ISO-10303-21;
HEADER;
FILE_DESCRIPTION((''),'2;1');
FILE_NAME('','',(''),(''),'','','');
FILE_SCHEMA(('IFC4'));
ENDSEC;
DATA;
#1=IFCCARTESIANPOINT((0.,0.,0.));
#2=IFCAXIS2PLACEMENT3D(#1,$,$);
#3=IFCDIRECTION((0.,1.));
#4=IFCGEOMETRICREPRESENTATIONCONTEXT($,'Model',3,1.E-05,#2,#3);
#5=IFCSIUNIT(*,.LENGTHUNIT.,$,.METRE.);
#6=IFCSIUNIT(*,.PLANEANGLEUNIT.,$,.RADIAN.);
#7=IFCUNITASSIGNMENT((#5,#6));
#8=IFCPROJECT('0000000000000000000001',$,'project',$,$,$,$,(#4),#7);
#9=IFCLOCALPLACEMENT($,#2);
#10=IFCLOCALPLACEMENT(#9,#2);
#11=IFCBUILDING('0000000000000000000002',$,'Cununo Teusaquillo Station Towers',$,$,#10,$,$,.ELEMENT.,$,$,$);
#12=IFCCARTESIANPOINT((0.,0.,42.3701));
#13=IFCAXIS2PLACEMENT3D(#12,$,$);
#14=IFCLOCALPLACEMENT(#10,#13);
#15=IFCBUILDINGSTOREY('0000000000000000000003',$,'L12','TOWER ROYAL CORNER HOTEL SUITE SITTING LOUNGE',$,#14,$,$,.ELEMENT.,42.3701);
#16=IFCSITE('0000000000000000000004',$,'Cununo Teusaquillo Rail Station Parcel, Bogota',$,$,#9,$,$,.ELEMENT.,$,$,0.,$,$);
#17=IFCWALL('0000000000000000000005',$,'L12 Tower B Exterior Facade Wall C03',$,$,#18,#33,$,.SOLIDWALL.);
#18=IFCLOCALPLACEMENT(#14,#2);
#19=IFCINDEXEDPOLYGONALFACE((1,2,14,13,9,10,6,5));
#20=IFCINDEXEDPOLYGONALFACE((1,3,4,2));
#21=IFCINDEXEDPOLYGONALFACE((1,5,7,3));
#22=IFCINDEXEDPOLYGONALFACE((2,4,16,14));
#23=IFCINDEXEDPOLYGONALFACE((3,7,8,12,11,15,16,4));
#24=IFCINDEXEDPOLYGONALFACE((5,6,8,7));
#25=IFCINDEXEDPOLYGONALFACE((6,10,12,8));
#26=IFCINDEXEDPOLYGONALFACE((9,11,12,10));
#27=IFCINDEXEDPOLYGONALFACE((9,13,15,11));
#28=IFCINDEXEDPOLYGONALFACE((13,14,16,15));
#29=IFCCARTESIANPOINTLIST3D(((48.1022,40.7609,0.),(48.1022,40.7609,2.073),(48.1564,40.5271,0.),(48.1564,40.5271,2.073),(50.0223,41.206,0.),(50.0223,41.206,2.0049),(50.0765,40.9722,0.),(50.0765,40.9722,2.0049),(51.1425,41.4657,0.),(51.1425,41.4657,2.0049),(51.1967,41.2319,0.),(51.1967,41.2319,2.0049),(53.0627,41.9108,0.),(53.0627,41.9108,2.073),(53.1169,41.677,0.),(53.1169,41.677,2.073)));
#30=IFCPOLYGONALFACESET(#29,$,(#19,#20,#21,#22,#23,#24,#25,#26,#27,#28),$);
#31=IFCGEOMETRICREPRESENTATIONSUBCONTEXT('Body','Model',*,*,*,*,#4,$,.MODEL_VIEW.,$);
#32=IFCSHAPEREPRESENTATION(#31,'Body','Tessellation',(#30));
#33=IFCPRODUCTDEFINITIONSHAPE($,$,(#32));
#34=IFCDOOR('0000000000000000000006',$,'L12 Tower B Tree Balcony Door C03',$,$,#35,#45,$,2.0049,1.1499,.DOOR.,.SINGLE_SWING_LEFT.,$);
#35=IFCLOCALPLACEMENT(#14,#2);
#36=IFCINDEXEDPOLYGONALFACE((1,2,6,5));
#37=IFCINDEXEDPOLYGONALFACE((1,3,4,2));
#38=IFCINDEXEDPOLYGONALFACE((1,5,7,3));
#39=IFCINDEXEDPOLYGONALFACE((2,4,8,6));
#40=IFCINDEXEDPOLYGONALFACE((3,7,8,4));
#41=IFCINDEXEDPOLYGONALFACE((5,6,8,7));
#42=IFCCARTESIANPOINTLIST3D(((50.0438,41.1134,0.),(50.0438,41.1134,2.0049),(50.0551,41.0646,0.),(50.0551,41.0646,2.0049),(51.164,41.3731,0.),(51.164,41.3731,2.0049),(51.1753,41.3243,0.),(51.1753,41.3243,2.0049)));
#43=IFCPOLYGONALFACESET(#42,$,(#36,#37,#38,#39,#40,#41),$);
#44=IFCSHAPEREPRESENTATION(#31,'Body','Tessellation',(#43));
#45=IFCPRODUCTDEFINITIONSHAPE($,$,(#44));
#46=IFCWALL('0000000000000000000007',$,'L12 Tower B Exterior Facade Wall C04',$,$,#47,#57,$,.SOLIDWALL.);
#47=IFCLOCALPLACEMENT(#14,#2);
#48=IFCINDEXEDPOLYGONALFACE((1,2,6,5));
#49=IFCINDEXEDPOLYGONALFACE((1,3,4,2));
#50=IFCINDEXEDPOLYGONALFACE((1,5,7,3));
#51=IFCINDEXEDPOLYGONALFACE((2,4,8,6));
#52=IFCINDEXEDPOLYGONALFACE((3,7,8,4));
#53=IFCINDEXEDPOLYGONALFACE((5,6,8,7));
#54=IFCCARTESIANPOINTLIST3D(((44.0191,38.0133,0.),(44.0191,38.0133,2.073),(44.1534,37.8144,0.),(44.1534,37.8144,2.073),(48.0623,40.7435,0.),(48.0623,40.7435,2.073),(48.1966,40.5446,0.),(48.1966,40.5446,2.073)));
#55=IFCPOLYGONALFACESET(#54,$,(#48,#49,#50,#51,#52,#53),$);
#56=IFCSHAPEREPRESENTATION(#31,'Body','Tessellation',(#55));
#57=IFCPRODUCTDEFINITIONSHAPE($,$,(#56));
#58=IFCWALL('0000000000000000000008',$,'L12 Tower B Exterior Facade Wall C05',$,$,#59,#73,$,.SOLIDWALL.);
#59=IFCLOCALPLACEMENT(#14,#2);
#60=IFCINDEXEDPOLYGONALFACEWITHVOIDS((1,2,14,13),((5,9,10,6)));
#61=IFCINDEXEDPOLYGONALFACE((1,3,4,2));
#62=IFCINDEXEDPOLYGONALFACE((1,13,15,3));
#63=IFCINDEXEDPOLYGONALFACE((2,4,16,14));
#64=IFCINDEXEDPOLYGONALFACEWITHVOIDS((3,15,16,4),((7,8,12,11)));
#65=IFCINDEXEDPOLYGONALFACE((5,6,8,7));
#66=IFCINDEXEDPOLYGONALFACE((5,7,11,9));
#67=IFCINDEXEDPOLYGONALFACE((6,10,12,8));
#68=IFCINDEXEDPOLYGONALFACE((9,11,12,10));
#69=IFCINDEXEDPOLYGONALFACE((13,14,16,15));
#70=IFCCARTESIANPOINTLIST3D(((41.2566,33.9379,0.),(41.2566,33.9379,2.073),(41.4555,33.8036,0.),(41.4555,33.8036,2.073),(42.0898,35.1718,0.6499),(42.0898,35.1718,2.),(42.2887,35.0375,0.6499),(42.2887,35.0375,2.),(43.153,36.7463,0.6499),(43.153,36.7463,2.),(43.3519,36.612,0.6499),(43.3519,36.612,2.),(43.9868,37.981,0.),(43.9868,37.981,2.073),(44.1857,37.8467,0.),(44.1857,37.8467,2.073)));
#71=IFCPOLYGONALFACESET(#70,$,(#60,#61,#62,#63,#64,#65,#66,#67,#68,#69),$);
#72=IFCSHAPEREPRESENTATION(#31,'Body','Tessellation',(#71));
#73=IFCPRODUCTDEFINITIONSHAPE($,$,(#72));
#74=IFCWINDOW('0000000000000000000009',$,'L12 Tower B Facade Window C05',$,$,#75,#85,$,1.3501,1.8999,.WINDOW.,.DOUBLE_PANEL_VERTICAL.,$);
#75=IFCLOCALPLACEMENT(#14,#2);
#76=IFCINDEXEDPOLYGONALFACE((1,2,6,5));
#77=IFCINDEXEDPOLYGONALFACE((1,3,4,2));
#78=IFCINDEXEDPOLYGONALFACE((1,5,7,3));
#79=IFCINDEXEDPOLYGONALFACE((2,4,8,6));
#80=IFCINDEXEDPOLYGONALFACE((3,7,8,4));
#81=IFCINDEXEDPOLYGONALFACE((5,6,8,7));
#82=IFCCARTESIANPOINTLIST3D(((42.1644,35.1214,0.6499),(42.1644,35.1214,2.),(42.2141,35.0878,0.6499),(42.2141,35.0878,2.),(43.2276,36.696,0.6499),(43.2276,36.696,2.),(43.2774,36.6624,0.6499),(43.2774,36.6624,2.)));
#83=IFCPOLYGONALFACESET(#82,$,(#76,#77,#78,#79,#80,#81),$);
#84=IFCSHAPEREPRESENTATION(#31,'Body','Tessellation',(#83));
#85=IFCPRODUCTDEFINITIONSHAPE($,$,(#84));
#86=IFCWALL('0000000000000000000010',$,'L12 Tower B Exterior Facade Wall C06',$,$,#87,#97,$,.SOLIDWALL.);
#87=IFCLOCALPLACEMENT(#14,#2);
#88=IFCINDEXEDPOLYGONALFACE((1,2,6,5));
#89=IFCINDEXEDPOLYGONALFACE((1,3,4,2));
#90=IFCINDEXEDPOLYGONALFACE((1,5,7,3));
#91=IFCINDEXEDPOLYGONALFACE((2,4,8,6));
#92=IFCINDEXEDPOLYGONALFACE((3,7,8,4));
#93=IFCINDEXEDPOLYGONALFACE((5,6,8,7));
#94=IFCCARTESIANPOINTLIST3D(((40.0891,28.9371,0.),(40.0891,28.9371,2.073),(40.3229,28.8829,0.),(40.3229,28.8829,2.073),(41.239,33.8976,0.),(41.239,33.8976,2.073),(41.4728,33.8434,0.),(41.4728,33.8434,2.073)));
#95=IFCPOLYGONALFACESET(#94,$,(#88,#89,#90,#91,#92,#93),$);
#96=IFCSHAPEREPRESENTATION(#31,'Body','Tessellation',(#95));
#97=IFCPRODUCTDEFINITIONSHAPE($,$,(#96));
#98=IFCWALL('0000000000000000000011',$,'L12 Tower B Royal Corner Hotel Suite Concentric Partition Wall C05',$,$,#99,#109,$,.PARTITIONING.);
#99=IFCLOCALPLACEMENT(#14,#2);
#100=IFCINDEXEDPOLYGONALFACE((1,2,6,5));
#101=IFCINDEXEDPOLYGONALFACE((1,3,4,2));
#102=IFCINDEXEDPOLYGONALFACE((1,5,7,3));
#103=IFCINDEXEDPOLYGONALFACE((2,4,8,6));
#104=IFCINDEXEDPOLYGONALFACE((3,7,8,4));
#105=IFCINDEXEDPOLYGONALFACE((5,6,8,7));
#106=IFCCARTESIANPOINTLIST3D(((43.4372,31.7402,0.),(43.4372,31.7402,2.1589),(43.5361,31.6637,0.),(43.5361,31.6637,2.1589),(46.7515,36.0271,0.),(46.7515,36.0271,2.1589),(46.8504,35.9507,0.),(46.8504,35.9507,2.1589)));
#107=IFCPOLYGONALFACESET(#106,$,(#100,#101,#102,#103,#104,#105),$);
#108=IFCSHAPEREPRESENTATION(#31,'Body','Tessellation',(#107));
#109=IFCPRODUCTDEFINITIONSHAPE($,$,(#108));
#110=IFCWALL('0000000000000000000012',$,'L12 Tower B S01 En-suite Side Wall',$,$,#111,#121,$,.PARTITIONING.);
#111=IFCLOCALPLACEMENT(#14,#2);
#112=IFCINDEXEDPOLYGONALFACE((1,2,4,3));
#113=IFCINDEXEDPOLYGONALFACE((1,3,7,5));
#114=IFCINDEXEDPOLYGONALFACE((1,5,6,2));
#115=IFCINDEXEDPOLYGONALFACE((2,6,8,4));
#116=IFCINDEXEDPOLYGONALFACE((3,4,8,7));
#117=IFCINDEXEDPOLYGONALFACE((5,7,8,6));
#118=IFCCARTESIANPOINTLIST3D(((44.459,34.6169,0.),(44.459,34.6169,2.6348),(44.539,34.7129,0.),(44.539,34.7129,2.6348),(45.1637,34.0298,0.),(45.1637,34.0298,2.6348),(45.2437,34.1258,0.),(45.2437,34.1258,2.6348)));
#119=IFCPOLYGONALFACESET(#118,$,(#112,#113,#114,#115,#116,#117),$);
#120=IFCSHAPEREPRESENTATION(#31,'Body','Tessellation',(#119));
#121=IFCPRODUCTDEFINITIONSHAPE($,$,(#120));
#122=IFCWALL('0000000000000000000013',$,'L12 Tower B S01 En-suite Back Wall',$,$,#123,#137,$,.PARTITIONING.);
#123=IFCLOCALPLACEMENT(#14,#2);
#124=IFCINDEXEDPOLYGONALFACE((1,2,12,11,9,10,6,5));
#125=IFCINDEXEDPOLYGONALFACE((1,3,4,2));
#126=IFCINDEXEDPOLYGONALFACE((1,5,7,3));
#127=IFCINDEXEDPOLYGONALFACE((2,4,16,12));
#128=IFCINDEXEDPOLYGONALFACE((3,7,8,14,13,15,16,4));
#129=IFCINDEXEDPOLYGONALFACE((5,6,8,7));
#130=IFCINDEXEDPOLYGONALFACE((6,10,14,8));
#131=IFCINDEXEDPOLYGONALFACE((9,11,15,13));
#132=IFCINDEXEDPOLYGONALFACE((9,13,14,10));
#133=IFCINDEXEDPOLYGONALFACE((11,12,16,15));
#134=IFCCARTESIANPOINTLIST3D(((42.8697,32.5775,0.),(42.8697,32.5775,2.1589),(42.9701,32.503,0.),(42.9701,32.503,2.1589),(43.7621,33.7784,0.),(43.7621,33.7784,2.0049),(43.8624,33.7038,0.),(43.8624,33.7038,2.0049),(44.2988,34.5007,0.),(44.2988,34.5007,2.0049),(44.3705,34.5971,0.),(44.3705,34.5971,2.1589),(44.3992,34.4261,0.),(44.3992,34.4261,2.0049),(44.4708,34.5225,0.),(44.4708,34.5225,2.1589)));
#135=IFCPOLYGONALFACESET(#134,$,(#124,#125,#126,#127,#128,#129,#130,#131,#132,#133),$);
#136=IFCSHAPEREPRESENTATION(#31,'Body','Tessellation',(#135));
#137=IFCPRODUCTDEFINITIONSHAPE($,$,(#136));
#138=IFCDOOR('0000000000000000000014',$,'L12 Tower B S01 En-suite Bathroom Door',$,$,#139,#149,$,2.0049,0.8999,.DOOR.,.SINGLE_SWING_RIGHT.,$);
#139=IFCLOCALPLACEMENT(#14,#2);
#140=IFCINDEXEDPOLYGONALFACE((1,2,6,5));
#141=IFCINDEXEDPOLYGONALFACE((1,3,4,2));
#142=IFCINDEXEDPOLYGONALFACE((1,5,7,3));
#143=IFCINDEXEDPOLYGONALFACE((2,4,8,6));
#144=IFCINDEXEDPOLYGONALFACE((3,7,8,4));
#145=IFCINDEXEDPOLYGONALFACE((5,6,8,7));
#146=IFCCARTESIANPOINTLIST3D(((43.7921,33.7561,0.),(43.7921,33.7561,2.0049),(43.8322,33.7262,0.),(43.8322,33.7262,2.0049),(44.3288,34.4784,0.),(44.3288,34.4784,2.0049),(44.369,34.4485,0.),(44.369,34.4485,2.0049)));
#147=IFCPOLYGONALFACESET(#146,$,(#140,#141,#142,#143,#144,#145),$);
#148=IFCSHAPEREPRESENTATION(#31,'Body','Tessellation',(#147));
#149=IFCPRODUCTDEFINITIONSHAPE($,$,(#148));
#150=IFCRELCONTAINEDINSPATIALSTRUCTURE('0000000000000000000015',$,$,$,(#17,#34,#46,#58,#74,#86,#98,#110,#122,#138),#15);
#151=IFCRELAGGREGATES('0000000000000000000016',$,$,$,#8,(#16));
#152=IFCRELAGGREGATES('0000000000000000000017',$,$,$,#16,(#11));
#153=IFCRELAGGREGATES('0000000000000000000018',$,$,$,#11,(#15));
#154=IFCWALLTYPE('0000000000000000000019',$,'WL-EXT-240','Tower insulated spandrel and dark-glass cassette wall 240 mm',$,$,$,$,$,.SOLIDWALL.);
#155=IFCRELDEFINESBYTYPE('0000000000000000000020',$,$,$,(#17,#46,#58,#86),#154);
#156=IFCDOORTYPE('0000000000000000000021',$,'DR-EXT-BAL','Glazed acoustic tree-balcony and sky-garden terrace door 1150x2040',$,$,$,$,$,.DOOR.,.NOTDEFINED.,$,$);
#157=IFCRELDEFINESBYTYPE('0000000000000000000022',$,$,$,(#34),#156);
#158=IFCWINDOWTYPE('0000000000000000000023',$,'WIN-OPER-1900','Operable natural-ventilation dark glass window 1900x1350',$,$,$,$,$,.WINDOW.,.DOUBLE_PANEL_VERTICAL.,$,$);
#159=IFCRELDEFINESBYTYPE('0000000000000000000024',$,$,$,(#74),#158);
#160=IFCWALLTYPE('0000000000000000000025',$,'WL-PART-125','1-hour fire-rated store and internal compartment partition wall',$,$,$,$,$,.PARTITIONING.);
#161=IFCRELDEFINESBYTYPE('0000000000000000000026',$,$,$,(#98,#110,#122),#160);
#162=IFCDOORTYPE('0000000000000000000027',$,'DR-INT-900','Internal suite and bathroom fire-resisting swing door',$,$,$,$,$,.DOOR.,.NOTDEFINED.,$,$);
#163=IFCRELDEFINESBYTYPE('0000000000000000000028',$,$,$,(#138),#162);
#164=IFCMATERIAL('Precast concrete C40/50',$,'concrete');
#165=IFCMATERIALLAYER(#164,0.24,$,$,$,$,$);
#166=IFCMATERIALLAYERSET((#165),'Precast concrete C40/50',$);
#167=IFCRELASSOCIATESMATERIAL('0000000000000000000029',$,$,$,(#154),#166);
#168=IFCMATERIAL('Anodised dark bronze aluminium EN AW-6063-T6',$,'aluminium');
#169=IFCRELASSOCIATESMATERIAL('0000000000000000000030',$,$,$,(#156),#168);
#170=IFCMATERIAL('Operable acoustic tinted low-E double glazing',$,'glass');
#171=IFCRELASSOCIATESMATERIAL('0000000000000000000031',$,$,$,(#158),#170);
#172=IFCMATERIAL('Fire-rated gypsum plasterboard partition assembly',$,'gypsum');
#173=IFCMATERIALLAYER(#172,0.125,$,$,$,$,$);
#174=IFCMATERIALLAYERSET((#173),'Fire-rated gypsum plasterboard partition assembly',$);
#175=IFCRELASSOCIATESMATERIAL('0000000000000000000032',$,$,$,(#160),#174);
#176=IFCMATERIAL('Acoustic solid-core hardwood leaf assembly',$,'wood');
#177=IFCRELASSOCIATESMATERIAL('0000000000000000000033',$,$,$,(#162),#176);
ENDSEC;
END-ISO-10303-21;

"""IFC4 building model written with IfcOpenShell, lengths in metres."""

from ifc_helpers import new_model, si_unit, direction, frame, frame_2d, origin, place, context, subcontext, project, spatial, rectangle, extrude, source, transform, mapped, material, layer, layer_set, type_object, element, fill, save


model = new_model("IFC4")

# Units and contexts
model_context = context("Model", 3, precision=1e-05, world=origin(), true_north=direction((0.0, 1.0)))
body_context = subcontext(model_context, "Body", "Model", "MODEL_VIEW")
ifc_project = project(units=[si_unit("LENGTHUNIT", "METRE"), si_unit("PLANEANGLEUNIT", "RADIAN")], contexts=[model_context])

# Site, building, storey
site_placement = place(None, origin())
site = spatial("IfcSite", under=ifc_project, at=site_placement, Name="Cununo Teusaquillo Rail Station Parcel, Bogota", CompositionType="ELEMENT", RefElevation=0.0)
building_placement = place(site_placement, origin())
building = spatial("IfcBuilding", under=site, at=building_placement, Name="Cununo Teusaquillo Station Towers", CompositionType="ELEMENT")
storey_placement = place(building_placement, frame((0.0, 0.0, 42.3701)))
storey = spatial("IfcBuildingStorey", under=building, at=storey_placement, Name="L12", Description="TOWER ROYAL CORNER HOTEL SUITE SITTING LOUNGE", CompositionType="ELEMENT", Elevation=42.3701)

# Wall, opening, door
ifc_material_1 = material(Name="Precast concrete C40/50", Category="concrete")
ifc_layer_1 = layer(ifc_material_1, 0.24)
ifc_layer_set_1 = layer_set([ifc_layer_1], Name="Precast concrete C40/50")
wall_type_1 = type_object("IfcWallType", Name="WL-EXT-240", Description="Tower insulated spandrel and dark-glass cassette wall 240 mm", PredefinedType="SOLIDWALL", material=ifc_layer_set_1)
wall_1_placement = place(storey_placement, frame((48.1294, 40.644, 0.0), z_axis=(0.0, 0.0, 1.0), x_axis=(0.974168, 0.225826, 0.0)))
wall_1 = element("IfcWall", 1, at=wall_1_placement, inside=storey, type_object=wall_type_1, Name="L12 Tower B Exterior Facade Wall C03", PredefinedType="SOLIDWALL", context=body_context, shape_type="SweptSolid", body=[
    extrude(rectangle(XDim=5.092, YDim=0.24, at=frame_2d((2.5459, 0.0))), origin(), (0.0, 0.0, 1.0), 2.073),
])
shared_shape_1 = source(origin(), body_context, "Body", "SweptSolid", [
    extrude(rectangle(XDim=1.1499, YDim=2.0049, at=frame_2d((0.575, 1.0024))), frame((0.0, 0.1299, 0.0), z_axis=(0.0, -1.0, 0.0), x_axis=(1.0, 0.0, 0.0)), (0.0, 0.0, 1.0), 0.26),
])
opening_1_placement = place(wall_1_placement, frame((1.9709, 0.0, 0.0)))
opening_1 = element("IfcOpeningElement", 2, at=opening_1_placement, cuts=wall_1, PredefinedType="OPENING", context=body_context, shape_type="MappedRepresentation", body=[
    mapped(shared_shape_1, transform((0.0, 0.0, 0.0), x_axis=(1.0, 0.0, 0.0), y_axis=(0.0, 1.0, 0.0), z_axis=(0.0, 0.0, 1.0), scale=1.0)),
])
ifc_material_2 = material(Name="Anodised dark bronze aluminium EN AW-6063-T6", Category="aluminium")
door_type_1 = type_object("IfcDoorType", Name="DR-EXT-BAL", Description="Glazed acoustic tree-balcony and sky-garden terrace door 1150x2040", OperationType="NOTDEFINED", PredefinedType="DOOR", material=ifc_material_2)
shared_shape_2 = source(origin(), body_context, "Body", "SweptSolid", [
    extrude(rectangle(XDim=1.1499, YDim=2.0049, at=frame_2d((0.575, 1.0024))), frame((0.0, 0.0249, 0.0), z_axis=(0.0, -1.0, 0.0), x_axis=(1.0, 0.0, 0.0)), (0.0, 0.0, 1.0), 0.05),
])
door_1_placement = place(opening_1_placement, origin())
door_1 = element("IfcDoor", 3, at=door_1_placement, inside=storey, type_object=door_type_1, Name="L12 Tower B Tree Balcony Door C03", OperationType="SINGLE_SWING_LEFT", OverallHeight=2.0049, OverallWidth=1.1499, PredefinedType="DOOR", context=body_context, shape_type="MappedRepresentation", body=[
    mapped(shared_shape_2, transform((0.0, 0.0, 0.0), x_axis=(1.0, 0.0, 0.0), y_axis=(0.0, 1.0, 0.0), z_axis=(0.0, 0.0, 1.0), scale=1.0)),
])
fill(opening_1, door_1)

# Wall
wall_2_placement = place(storey_placement, frame((44.0862, 37.9138, 0.0), z_axis=(0.0, 0.0, 1.0), x_axis=(0.828748, 0.559622, 0.0)))
element("IfcWall", 4, at=wall_2_placement, inside=storey, type_object=wall_type_1, Name="L12 Tower B Exterior Facade Wall C04", PredefinedType="SOLIDWALL", context=body_context, shape_type="SweptSolid", body=[
    extrude(rectangle(XDim=4.8787, YDim=0.24, at=frame_2d((2.4395, 0.0))), origin(), (0.0, 0.0, 1.0), 2.073),
])

# Wall, opening, window
wall_3_placement = place(storey_placement, frame((41.356, 33.8706, 0.0), z_axis=(0.0, 0.0, 1.0), x_axis=(0.559622, 0.828748, 0.0)))
wall_3 = element("IfcWall", 5, at=wall_3_placement, inside=storey, type_object=wall_type_1, Name="L12 Tower B Exterior Facade Wall C05", PredefinedType="SOLIDWALL", context=body_context, shape_type="SweptSolid", body=[
    extrude(rectangle(XDim=4.8787, YDim=0.24, at=frame_2d((2.4395, 0.0))), origin(), (0.0, 0.0, 1.0), 2.073),
])
shared_shape_3 = source(origin(), body_context, "Body", "SweptSolid", [
    extrude(rectangle(XDim=1.8999, YDim=1.3501, at=frame_2d((0.95, 0.675))), frame((0.0, 0.1299, 0.0), z_axis=(0.0, -1.0, 0.0), x_axis=(1.0, 0.0, 0.0)), (0.0, 0.0, 1.0), 0.26),
])
opening_2_placement = place(wall_3_placement, frame((1.489, 0.0, 0.6499)))
opening_2 = element("IfcOpeningElement", 6, at=opening_2_placement, cuts=wall_3, PredefinedType="OPENING", context=body_context, shape_type="MappedRepresentation", body=[
    mapped(shared_shape_3, transform((0.0, 0.0, 0.0), x_axis=(1.0, 0.0, 0.0), y_axis=(0.0, 1.0, 0.0), z_axis=(0.0, 0.0, 1.0), scale=1.0)),
])
ifc_material_3 = material(Name="Operable acoustic tinted low-E double glazing", Category="glass")
window_type = type_object("IfcWindowType", Name="WIN-OPER-1900", Description="Operable natural-ventilation dark glass window 1900x1350", PartitioningType="DOUBLE_PANEL_VERTICAL", PredefinedType="WINDOW", material=ifc_material_3)
shared_shape_4 = source(origin(), body_context, "Body", "SweptSolid", [
    extrude(rectangle(XDim=1.8999, YDim=1.3501, at=frame_2d((0.95, 0.675))), frame((0.0, 0.03, 0.0), z_axis=(0.0, -1.0, 0.0), x_axis=(1.0, 0.0, 0.0)), (0.0, 0.0, 1.0), 0.0601),
])
window_placement = place(opening_2_placement, origin())
window = element("IfcWindow", 7, at=window_placement, inside=storey, type_object=window_type, Name="L12 Tower B Facade Window C05", OverallHeight=1.3501, OverallWidth=1.8999, PartitioningType="DOUBLE_PANEL_VERTICAL", PredefinedType="WINDOW", context=body_context, shape_type="MappedRepresentation", body=[
    mapped(shared_shape_4, transform((0.0, 0.0, 0.0), x_axis=(1.0, 0.0, 0.0), y_axis=(0.0, 1.0, 0.0), z_axis=(0.0, 0.0, 1.0), scale=1.0)),
])
fill(opening_2, window)

# Walls
wall_4_placement = place(storey_placement, frame((40.2061, 28.9102, 0.0), z_axis=(0.0, 0.0, 1.0), x_axis=(0.225826, 0.974168, 0.0)))
element("IfcWall", 8, at=wall_4_placement, inside=storey, type_object=wall_type_1, Name="L12 Tower B Exterior Facade Wall C06", PredefinedType="SOLIDWALL", context=body_context, shape_type="SweptSolid", body=[
    extrude(rectangle(XDim=5.092, YDim=0.24, at=frame_2d((2.5459, 0.0))), origin(), (0.0, 0.0, 1.0), 2.073),
])
ifc_material_4 = material(Name="Fire-rated gypsum plasterboard partition assembly", Category="gypsum")
ifc_layer_2 = layer(ifc_material_4, 0.125)
ifc_layer_set_2 = layer_set([ifc_layer_2], Name="Fire-rated gypsum plasterboard partition assembly")
wall_type_2 = type_object("IfcWallType", Name="WL-PART-125", Description="1-hour fire-rated store and internal compartment partition wall", PredefinedType="PARTITIONING", material=ifc_layer_set_2)
wall_5_placement = place(storey_placement, frame((46.801, 35.989, 0.0), z_axis=(0.0, 0.0, 1.0), x_axis=(-0.611636, -0.791139, 0.0)))
element("IfcWall", 9, at=wall_5_placement, inside=storey, type_object=wall_type_2, Name="L12 Tower B Royal Corner Hotel Suite Concentric Partition Wall C05", PredefinedType="PARTITIONING", context=body_context, shape_type="SweptSolid", body=[
    extrude(rectangle(XDim=5.4187, YDim=0.125, at=frame_2d((2.7095, 0.0))), origin(), (0.0, 0.0, 1.0), 2.1589),
])
wall_6_placement = place(storey_placement, frame((45.2036, 34.0779, 0.0), z_axis=(0.0, 0.0, 1.0), x_axis=(-0.76833, 0.640054, 0.0)))
element("IfcWall", 10, at=wall_6_placement, inside=storey, type_object=wall_type_2, Name="L12 Tower B S01 En-suite Side Wall", PredefinedType="PARTITIONING", context=body_context, shape_type="SweptSolid", body=[
    extrude(rectangle(XDim=0.9172, YDim=0.125, at=frame_2d((0.4585, 0.0))), origin(), (0.0, 0.0, 1.0), 2.6348),
])

# Wall, opening, door
wall_7_placement = place(storey_placement, frame((44.4207, 34.5598, 0.0), z_axis=(0.0, 0.0, 1.0), x_axis=(-0.596454, -0.802647, 0.0)))
wall_7 = element("IfcWall", 11, at=wall_7_placement, inside=storey, type_object=wall_type_2, Name="L12 Tower B S01 En-suite Back Wall", PredefinedType="PARTITIONING", context=body_context, shape_type="SweptSolid", body=[
    extrude(rectangle(XDim=2.5161, YDim=0.125, at=frame_2d((1.2581, 0.0))), origin(), (0.0, 0.0, 1.0), 2.1589),
])
shared_shape_5 = source(origin(), body_context, "Body", "SweptSolid", [
    extrude(rectangle(XDim=0.8999, YDim=2.0049, at=frame_2d((0.45, 1.0024))), frame((0.0, 0.0725, 0.0), z_axis=(0.0, -1.0, 0.0), x_axis=(1.0, 0.0, 0.0)), (0.0, 0.0, 1.0), 0.145),
])
opening_3_placement = place(wall_7_placement, frame((0.1201, 0.0, 0.0)))
opening_3 = element("IfcOpeningElement", 12, at=opening_3_placement, cuts=wall_7, PredefinedType="OPENING", context=body_context, shape_type="MappedRepresentation", body=[
    mapped(shared_shape_5, transform((0.0, 0.0, 0.0), x_axis=(1.0, 0.0, 0.0), y_axis=(0.0, 1.0, 0.0), z_axis=(0.0, 0.0, 1.0), scale=1.0)),
])
ifc_material_5 = material(Name="Acoustic solid-core hardwood leaf assembly", Category="wood")
door_type_2 = type_object("IfcDoorType", Name="DR-INT-900", Description="Internal suite and bathroom fire-resisting swing door", OperationType="NOTDEFINED", PredefinedType="DOOR", material=ifc_material_5)
shared_shape_6 = source(origin(), body_context, "Body", "SweptSolid", [
    extrude(rectangle(XDim=0.8999, YDim=2.0049, at=frame_2d((0.45, 1.0024))), frame((0.0, 0.0249, 0.0), z_axis=(0.0, -1.0, 0.0), x_axis=(1.0, 0.0, 0.0)), (0.0, 0.0, 1.0), 0.05),
])
door_2_placement = place(opening_3_placement, origin())
door_2 = element("IfcDoor", 13, at=door_2_placement, inside=storey, type_object=door_type_2, Name="L12 Tower B S01 En-suite Bathroom Door", OperationType="SINGLE_SWING_RIGHT", OverallHeight=2.0049, OverallWidth=0.8999, PredefinedType="DOOR", context=body_context, shape_type="MappedRepresentation", body=[
    mapped(shared_shape_6, transform((0.0, 0.0, 0.0), x_axis=(1.0, 0.0, 0.0), y_axis=(0.0, 1.0, 0.0), z_axis=(0.0, 0.0, 1.0), scale=1.0)),
])
fill(opening_3, door_2)

save(model, "model.ifc")
